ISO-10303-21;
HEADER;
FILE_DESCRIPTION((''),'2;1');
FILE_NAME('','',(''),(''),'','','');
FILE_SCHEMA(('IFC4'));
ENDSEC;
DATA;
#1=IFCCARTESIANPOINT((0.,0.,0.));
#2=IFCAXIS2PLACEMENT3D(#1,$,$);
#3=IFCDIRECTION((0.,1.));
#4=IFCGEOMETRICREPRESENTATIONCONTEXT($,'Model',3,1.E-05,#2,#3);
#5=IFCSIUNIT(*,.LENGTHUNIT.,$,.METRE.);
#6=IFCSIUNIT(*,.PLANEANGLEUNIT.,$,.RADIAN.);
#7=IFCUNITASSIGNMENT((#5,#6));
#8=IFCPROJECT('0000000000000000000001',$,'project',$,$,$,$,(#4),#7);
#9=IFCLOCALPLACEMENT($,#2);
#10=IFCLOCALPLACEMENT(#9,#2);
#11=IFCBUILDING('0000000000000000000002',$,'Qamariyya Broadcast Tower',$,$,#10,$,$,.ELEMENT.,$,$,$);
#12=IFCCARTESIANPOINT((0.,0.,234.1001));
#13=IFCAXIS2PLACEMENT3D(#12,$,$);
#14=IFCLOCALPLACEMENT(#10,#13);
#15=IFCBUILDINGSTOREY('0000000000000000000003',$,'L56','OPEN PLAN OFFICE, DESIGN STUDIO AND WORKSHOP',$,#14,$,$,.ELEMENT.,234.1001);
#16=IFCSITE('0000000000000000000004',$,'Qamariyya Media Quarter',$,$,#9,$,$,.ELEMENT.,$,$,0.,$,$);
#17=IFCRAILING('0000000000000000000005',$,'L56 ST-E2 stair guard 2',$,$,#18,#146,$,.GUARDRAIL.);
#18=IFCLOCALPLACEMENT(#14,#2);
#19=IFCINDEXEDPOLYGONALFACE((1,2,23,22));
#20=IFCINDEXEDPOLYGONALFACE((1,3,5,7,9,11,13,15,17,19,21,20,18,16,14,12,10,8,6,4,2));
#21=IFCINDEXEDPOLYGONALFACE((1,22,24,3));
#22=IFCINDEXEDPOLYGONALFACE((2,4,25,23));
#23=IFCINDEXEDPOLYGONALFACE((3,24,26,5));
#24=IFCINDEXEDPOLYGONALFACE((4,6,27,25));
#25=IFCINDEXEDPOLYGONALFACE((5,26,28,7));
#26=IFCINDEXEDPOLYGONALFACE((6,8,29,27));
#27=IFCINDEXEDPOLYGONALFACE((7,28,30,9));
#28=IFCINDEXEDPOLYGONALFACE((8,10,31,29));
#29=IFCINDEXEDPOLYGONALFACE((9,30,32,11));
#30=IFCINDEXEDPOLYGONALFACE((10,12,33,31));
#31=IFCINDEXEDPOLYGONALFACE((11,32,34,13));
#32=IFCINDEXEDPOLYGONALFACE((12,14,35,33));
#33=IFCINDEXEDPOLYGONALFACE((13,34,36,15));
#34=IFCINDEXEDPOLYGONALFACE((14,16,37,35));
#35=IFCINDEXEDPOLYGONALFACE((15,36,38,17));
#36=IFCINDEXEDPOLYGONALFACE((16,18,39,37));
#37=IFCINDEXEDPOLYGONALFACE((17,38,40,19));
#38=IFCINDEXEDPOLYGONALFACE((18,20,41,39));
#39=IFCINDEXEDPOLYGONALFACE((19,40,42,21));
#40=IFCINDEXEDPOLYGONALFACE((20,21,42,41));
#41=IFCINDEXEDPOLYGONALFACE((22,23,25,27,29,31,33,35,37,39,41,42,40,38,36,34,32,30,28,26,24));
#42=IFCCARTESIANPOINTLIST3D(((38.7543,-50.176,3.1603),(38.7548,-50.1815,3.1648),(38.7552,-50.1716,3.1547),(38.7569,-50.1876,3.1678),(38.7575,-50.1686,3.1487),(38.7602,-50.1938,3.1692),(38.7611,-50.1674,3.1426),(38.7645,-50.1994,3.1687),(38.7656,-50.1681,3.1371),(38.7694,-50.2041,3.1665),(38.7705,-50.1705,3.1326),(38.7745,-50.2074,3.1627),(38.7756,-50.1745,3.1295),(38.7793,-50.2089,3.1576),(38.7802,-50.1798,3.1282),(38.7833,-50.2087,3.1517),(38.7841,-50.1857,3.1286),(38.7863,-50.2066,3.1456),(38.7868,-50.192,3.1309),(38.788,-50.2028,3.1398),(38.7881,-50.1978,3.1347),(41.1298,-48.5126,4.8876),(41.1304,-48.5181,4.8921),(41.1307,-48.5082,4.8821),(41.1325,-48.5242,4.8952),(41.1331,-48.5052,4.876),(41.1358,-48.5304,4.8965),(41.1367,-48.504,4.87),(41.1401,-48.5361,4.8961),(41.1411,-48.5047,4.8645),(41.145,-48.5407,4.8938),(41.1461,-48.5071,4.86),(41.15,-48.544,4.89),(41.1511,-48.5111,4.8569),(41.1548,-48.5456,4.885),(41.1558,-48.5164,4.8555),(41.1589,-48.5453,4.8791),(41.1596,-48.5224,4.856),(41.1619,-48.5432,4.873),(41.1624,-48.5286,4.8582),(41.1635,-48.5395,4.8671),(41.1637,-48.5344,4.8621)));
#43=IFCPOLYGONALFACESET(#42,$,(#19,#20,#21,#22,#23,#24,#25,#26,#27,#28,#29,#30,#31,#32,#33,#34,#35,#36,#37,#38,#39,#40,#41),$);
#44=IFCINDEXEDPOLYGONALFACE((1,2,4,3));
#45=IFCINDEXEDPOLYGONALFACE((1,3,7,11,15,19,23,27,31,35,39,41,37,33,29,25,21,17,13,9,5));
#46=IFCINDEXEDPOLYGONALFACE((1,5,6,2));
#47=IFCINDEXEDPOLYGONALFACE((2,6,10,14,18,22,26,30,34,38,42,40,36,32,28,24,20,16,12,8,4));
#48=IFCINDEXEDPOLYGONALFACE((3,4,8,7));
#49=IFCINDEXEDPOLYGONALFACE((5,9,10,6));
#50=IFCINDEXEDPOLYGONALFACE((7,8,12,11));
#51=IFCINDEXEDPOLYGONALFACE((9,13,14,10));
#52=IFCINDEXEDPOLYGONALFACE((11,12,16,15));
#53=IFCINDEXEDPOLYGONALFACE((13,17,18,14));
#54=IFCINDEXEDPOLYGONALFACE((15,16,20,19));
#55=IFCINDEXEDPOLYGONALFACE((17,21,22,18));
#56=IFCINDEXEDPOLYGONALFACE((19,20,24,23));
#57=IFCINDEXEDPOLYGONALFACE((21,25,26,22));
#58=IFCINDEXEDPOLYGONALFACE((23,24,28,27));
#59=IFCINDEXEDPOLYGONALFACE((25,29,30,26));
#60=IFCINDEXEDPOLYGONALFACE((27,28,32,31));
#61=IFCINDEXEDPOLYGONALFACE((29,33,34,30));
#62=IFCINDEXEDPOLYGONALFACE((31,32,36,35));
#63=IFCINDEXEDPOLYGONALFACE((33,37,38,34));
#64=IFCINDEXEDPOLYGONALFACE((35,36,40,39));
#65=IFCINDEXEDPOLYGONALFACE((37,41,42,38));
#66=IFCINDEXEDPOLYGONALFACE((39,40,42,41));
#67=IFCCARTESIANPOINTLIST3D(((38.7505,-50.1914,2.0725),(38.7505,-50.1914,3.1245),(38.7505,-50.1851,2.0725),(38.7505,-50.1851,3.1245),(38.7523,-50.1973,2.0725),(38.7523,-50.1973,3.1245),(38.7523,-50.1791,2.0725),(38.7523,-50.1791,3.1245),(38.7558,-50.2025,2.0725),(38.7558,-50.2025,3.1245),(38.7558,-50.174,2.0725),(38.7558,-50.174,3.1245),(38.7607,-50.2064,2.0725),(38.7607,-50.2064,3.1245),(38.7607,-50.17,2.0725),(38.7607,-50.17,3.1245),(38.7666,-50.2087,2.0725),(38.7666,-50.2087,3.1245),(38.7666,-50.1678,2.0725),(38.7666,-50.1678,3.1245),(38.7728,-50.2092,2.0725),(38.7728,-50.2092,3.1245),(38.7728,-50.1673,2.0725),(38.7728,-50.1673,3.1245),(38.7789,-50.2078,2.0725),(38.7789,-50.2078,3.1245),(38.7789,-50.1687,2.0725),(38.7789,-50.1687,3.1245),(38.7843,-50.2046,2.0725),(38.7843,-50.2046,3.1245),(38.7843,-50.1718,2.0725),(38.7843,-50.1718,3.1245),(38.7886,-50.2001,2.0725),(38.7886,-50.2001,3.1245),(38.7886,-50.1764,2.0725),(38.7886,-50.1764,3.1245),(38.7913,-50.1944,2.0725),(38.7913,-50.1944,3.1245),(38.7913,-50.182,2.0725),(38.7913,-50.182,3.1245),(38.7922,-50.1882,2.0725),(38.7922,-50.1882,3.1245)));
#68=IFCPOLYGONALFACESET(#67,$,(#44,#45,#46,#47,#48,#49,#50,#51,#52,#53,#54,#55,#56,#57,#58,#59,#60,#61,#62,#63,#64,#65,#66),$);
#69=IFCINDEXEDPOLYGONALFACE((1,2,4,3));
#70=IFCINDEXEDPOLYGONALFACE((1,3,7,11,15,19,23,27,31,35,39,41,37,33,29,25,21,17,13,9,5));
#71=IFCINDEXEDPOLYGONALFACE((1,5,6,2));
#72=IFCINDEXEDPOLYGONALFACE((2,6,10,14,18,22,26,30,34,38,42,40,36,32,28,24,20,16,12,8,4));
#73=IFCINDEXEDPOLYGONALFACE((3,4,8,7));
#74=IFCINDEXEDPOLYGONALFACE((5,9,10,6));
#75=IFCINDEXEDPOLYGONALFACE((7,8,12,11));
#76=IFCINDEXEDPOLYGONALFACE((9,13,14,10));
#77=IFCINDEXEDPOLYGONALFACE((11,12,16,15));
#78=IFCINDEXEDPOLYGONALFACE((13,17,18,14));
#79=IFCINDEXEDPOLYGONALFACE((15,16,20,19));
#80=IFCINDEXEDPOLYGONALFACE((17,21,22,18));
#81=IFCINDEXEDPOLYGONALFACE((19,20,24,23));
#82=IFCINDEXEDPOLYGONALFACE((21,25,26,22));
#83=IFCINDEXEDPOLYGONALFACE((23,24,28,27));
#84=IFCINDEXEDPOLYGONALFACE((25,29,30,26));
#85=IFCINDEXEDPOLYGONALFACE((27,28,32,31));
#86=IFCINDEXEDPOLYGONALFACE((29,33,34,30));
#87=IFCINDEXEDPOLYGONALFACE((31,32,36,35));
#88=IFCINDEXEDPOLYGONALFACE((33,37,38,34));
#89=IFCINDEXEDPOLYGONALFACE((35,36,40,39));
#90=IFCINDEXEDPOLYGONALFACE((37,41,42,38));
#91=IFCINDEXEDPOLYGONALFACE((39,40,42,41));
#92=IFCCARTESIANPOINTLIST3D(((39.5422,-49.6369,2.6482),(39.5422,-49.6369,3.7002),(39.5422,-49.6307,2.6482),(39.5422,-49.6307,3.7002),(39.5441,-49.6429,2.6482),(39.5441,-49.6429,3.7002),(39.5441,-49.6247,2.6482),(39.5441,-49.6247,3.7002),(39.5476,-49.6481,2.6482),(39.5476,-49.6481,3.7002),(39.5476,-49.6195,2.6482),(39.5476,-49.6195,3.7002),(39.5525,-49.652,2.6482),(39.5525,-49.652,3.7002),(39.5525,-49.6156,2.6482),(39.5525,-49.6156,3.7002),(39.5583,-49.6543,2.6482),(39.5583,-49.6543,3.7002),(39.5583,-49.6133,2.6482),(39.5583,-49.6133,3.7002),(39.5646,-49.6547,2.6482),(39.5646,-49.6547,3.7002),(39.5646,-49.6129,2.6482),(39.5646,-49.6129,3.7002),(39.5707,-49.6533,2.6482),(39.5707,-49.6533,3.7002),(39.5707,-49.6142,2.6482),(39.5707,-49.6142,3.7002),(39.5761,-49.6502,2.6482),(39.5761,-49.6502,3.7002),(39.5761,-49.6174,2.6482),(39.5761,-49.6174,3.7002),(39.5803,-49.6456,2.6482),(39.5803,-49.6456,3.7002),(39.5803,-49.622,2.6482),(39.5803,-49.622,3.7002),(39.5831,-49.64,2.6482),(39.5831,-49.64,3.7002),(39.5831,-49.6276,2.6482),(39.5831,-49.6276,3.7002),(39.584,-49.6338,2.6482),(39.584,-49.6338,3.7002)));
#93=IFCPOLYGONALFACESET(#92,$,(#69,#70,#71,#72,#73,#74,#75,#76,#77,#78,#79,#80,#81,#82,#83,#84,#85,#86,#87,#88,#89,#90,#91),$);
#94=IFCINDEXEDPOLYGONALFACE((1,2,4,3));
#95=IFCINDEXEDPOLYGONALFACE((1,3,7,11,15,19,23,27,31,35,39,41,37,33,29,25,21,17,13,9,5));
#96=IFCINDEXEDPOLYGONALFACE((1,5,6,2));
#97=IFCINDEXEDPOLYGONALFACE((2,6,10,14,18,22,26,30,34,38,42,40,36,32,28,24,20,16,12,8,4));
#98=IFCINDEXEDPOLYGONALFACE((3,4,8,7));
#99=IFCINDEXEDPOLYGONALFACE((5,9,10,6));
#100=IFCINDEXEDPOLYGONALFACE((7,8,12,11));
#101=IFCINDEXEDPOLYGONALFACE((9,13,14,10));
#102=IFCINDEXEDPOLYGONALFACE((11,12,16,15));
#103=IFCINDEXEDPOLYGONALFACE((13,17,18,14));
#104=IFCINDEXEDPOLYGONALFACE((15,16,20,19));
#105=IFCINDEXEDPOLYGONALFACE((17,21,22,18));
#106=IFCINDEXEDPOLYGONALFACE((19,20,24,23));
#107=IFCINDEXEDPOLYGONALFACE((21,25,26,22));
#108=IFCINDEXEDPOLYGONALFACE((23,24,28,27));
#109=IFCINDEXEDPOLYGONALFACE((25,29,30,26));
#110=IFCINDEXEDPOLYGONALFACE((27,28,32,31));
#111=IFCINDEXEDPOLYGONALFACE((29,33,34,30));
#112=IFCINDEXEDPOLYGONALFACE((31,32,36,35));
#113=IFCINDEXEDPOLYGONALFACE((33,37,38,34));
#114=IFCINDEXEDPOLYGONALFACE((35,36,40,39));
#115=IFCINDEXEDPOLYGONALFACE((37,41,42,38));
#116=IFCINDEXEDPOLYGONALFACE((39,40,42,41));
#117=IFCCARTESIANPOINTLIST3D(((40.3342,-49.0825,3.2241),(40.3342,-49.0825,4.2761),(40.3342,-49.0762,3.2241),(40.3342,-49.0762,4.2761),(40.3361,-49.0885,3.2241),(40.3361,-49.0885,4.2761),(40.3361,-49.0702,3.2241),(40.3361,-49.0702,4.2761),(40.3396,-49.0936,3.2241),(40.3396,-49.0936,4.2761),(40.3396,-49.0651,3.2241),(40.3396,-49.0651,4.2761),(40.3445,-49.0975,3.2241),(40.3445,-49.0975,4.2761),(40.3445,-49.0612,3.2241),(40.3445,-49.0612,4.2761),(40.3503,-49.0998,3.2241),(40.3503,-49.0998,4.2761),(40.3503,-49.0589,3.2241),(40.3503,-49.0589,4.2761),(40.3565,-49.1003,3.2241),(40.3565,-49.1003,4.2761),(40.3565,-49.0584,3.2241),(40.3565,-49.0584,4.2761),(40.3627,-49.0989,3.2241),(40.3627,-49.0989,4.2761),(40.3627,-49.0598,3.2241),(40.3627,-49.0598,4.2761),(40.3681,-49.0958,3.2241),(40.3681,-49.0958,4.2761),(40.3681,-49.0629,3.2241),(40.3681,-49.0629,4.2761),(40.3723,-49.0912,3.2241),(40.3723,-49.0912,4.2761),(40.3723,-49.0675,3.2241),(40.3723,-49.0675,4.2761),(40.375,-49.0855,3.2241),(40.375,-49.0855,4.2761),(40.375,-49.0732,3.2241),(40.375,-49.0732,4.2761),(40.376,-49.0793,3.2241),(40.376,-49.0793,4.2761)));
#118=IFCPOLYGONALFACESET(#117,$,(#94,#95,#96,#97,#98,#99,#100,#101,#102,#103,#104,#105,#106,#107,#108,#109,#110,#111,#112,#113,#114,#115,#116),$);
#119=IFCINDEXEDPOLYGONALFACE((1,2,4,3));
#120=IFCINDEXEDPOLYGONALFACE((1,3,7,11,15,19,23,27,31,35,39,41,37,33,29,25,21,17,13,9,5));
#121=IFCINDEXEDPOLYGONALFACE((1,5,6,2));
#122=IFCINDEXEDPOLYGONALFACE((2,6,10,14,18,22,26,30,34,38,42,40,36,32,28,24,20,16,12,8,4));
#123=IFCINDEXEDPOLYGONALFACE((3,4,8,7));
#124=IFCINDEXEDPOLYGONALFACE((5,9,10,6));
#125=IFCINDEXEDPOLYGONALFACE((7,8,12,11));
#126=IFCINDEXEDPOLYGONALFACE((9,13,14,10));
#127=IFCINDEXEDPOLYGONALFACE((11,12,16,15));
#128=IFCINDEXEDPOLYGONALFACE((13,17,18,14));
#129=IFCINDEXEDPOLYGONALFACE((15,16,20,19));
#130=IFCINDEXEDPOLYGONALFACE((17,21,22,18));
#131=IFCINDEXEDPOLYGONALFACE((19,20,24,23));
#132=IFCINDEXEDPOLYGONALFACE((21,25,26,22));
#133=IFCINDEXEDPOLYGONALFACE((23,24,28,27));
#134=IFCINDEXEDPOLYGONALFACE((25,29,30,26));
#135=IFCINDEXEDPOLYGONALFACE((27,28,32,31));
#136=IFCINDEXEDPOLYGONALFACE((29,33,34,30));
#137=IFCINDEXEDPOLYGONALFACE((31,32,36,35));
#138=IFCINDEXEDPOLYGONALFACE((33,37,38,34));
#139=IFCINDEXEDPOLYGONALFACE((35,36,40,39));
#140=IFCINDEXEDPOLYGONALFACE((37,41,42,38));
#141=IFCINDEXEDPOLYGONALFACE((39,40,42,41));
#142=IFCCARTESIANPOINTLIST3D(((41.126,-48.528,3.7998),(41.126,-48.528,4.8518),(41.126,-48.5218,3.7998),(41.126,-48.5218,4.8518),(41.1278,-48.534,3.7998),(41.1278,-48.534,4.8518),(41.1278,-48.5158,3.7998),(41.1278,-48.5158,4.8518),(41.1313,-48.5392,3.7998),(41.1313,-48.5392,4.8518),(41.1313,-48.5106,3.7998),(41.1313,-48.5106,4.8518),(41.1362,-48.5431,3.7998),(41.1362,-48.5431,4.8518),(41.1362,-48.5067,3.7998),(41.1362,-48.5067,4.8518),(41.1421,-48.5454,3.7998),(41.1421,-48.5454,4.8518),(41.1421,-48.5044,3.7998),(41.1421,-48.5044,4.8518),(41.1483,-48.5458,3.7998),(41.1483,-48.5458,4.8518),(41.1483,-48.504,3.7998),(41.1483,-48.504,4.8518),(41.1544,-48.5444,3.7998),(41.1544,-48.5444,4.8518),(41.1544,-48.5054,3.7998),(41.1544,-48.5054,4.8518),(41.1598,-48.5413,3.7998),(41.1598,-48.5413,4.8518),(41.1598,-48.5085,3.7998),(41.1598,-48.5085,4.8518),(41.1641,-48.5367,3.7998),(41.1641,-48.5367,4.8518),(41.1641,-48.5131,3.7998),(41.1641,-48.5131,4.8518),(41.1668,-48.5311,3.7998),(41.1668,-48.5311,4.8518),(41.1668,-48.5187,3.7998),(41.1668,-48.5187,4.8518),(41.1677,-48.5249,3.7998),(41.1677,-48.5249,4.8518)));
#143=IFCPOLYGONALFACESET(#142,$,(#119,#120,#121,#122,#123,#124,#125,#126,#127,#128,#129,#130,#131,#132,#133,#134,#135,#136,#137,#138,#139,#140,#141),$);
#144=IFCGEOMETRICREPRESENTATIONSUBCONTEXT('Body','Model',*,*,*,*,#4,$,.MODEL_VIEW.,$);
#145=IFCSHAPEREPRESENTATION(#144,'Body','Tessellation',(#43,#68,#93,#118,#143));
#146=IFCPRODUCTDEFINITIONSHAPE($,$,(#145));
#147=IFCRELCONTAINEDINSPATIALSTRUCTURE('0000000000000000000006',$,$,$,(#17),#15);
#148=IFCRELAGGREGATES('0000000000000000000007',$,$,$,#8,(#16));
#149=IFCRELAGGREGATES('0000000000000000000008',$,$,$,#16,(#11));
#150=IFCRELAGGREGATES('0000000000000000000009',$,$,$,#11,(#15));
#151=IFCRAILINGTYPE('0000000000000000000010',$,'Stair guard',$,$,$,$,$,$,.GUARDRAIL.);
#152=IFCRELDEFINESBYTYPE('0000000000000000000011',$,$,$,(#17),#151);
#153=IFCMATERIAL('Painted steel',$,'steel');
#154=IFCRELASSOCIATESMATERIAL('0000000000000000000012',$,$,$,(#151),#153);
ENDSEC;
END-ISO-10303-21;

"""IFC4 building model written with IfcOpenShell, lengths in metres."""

from ifc_helpers import new_model, si_unit, direction, frame, origin, origin_2d, place, context, subcontext, project, spatial, circle, extrude, material, type_object, element, save


model = new_model("IFC4")

# Units and contexts
model_context = context("Model", 3, precision=1e-05, world=origin(), true_north=direction((0.0, 1.0)))
body_context = subcontext(model_context, "Body", "Model", "MODEL_VIEW")
ifc_project = project(units=[si_unit("LENGTHUNIT", "METRE"), si_unit("PLANEANGLEUNIT", "RADIAN")], contexts=[model_context])

# Site, building, storey
site_placement = place(None, origin())
site = spatial("IfcSite", under=ifc_project, at=site_placement, Name="Qamariyya Media Quarter", CompositionType="ELEMENT", RefElevation=0.0)
building_placement = place(site_placement, origin())
building = spatial("IfcBuilding", under=site, at=building_placement, Name="Qamariyya Broadcast Tower", CompositionType="ELEMENT")
storey_placement = place(building_placement, frame((0.0, 0.0, 234.1001)))
storey = spatial("IfcBuildingStorey", under=building, at=storey_placement, Name="L56", Description="OPEN PLAN OFFICE, DESIGN STUDIO AND WORKSHOP", CompositionType="ELEMENT", Elevation=234.1001)

# Railing
ifc_material_1 = material(Name="Painted steel", Category="steel")
railing_type_1 = type_object("IfcRailingType", Name="Stair guard", PredefinedType="GUARDRAIL", material=ifc_material_1)
railing_1_placement = place(storey_placement, frame((38.7712, -50.1882, 2.0725)))
element("IfcRailing", 1, at=railing_1_placement, inside=storey, type_object=railing_type_1, Name="L56 ST-E2 stair guard 2", PredefinedType="GUARDRAIL", context=body_context, shape_type="SweptSolid", body=[
    extrude(circle(Radius=0.0239, at=origin_2d()), frame((0.0, 0.0, 1.0762), z_axis=(0.70377, 0.492784, 0.511734), x_axis=(-0.573575, 0.819153, 0.0)), (0.0, 0.0, 1.0), 3.3755),
    extrude(circle(Radius=0.021, at=origin_2d()), origin(), (0.0, 0.0, 1.0), 1.052),
    extrude(circle(Radius=0.021, at=origin_2d()), frame((0.7917, 0.5544, 0.5757)), (0.0, 0.0, 1.0), 1.052),
    extrude(circle(Radius=0.021, at=origin_2d()), frame((1.5837, 1.1089, 1.1516)), (0.0, 0.0, 1.0), 1.052),
    extrude(circle(Radius=0.021, at=origin_2d()), frame((2.3755, 1.6633, 1.7273)), (0.0, 0.0, 1.0), 1.052),
])

save(model, "model.ifc")
